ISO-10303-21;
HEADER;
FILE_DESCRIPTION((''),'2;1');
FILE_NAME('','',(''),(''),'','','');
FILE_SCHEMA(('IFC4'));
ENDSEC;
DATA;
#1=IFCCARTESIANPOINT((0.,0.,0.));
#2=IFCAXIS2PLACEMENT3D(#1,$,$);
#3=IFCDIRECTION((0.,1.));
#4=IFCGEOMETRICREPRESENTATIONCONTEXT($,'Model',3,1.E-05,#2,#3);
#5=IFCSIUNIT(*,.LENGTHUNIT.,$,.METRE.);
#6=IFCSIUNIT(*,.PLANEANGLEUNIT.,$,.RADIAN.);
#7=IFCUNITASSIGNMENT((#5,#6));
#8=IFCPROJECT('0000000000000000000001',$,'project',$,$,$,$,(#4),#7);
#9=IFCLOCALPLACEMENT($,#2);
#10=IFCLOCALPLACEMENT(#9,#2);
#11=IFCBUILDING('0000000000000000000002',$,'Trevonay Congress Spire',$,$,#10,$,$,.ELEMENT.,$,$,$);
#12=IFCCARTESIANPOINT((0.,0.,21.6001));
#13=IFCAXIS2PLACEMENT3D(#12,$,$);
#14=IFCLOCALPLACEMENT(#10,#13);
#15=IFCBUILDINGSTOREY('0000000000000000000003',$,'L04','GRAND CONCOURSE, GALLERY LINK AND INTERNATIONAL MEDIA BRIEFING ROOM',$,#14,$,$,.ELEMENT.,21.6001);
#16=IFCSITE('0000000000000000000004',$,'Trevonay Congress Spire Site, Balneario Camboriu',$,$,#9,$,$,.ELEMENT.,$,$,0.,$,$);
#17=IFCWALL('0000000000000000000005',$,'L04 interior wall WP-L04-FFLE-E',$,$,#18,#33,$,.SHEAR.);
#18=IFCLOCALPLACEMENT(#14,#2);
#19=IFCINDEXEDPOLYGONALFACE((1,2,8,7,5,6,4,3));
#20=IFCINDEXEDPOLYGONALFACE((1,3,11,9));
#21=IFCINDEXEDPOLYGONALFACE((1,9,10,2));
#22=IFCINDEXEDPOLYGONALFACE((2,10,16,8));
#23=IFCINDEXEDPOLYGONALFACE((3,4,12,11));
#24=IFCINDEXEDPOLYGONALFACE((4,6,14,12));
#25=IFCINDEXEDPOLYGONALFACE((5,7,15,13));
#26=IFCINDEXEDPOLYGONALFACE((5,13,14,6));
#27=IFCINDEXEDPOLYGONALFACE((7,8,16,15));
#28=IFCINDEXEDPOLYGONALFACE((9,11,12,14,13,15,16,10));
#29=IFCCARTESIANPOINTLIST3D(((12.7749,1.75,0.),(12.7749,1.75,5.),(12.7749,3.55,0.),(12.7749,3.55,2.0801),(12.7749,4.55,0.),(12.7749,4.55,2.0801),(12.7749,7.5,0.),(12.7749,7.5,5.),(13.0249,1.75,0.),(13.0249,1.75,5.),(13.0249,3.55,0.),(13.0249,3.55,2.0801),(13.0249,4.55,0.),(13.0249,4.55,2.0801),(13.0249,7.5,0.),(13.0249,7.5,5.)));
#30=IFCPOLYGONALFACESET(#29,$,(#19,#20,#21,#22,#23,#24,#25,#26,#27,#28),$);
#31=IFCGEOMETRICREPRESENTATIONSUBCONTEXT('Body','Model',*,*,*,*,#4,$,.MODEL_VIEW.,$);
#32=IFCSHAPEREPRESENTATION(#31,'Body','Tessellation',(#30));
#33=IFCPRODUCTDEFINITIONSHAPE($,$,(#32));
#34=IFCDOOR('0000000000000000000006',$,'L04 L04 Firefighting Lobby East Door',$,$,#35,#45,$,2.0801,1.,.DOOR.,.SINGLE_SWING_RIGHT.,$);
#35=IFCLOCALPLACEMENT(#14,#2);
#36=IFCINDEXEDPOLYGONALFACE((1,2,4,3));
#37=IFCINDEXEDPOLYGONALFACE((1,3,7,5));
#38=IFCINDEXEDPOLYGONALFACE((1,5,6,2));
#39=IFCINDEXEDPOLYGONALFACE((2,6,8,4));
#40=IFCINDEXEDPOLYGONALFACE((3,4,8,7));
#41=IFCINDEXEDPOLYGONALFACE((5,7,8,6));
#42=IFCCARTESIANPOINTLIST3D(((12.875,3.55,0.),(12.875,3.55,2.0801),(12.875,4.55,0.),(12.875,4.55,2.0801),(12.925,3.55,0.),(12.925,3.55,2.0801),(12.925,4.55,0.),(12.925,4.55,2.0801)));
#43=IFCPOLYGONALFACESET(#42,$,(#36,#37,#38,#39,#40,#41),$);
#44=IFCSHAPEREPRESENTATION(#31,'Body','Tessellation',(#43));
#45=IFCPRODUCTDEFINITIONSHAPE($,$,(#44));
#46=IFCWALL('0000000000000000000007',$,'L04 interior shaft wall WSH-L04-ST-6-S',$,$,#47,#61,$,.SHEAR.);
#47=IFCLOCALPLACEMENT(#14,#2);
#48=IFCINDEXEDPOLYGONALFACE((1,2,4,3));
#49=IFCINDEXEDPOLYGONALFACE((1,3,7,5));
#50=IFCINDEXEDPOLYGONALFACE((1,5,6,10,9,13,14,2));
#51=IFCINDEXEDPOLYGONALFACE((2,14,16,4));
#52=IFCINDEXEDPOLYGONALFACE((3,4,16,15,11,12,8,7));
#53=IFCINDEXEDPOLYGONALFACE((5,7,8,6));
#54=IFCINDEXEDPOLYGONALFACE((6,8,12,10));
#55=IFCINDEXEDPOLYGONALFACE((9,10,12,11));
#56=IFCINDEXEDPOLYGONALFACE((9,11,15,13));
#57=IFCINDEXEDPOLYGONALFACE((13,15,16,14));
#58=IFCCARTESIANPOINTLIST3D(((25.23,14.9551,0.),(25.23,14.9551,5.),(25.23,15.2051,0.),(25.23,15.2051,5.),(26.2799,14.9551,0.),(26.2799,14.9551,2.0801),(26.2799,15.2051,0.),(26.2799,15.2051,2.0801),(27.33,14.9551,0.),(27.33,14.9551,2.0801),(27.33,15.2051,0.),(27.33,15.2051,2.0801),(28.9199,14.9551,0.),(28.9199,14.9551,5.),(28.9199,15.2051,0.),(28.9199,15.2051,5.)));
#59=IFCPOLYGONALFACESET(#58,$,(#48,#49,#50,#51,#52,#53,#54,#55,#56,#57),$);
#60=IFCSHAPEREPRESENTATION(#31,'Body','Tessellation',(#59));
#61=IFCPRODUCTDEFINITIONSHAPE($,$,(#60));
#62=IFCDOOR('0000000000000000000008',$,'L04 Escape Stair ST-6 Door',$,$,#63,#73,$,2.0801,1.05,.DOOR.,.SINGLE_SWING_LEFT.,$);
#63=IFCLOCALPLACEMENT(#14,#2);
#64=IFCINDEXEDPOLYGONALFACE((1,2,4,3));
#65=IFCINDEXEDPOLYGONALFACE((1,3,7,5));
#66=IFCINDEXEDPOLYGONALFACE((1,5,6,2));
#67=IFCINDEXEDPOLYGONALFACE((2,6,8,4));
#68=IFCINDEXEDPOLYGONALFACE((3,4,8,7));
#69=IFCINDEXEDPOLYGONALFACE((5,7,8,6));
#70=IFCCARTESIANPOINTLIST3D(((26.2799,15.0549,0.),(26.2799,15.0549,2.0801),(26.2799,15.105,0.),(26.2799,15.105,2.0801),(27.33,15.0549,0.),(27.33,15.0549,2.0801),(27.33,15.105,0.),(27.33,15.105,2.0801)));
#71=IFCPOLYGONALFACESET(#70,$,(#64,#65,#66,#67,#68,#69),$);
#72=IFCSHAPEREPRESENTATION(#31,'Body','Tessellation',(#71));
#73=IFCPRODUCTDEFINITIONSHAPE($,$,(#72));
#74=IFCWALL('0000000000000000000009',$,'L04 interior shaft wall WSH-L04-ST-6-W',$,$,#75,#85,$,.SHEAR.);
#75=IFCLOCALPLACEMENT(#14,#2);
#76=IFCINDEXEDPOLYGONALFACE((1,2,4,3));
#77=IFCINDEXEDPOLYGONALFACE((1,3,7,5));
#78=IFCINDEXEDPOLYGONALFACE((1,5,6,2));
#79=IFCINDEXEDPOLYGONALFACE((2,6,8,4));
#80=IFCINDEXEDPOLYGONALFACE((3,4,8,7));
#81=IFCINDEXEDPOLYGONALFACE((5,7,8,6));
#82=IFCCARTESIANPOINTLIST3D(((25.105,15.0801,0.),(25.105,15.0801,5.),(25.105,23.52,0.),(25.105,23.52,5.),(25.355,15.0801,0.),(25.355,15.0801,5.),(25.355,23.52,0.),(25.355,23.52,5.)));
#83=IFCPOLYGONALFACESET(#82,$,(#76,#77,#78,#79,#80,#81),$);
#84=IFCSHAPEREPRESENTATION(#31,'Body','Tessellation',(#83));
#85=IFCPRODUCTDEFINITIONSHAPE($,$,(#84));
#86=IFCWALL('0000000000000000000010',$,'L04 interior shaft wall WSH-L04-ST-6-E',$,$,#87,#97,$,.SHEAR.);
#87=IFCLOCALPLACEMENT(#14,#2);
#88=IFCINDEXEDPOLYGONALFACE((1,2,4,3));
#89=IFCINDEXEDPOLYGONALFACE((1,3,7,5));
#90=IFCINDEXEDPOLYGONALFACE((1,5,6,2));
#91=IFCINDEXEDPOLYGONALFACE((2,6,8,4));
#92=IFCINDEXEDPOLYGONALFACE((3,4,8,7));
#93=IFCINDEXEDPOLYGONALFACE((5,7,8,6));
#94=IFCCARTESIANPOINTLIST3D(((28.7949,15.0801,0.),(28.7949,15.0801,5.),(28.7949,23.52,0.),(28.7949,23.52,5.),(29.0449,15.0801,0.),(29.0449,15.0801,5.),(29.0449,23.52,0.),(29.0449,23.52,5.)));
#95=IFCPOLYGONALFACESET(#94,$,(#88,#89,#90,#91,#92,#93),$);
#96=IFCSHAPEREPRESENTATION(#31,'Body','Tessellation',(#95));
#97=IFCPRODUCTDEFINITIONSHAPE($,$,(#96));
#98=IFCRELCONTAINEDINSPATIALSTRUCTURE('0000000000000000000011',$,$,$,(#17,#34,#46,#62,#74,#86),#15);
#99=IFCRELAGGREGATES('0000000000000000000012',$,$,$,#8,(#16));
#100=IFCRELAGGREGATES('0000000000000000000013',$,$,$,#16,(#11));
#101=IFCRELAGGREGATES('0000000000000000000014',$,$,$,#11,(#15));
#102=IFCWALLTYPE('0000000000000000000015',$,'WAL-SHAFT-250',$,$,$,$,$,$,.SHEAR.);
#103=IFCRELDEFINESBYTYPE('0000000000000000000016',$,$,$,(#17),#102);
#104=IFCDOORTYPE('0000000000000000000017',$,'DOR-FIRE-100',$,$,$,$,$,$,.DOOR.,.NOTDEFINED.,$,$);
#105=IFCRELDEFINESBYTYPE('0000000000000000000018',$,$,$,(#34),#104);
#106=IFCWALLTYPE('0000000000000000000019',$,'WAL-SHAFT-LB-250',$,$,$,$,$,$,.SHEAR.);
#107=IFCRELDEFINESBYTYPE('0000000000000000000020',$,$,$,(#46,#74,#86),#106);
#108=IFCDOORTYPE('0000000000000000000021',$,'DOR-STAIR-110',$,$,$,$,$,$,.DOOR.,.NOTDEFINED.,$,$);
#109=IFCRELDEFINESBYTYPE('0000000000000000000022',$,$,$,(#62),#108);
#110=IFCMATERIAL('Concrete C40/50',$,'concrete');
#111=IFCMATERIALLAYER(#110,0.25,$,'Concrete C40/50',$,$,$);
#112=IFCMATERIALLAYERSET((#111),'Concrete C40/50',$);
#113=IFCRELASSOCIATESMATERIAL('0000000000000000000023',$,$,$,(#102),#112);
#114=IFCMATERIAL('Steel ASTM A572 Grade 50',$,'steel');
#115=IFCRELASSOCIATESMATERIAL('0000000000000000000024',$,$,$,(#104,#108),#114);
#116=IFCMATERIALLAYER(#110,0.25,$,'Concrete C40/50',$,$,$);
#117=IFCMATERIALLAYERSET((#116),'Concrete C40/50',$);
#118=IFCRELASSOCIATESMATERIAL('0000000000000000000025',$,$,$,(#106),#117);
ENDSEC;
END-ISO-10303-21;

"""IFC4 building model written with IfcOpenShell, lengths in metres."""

from ifc_helpers import new_model, si_unit, direction, frame, frame_2d, origin, place, context, subcontext, project, spatial, rectangle, extrude, material, layer, layer_set, type_object, element, fill, save


model = new_model("IFC4")

# Units and contexts
model_context = context("Model", 3, precision=1e-05, world=origin(), true_north=direction((0.0, 1.0)))
body_context = subcontext(model_context, "Body", "Model", "MODEL_VIEW")
ifc_project = project(units=[si_unit("LENGTHUNIT", "METRE"), si_unit("PLANEANGLEUNIT", "RADIAN")], contexts=[model_context])

# Site, building, storey
site_placement = place(None, origin())
site = spatial("IfcSite", under=ifc_project, at=site_placement, Name="Trevonay Congress Spire Site, Balneario Camboriu", CompositionType="ELEMENT", RefElevation=0.0)
building_placement = place(site_placement, origin())
building = spatial("IfcBuilding", under=site, at=building_placement, Name="Trevonay Congress Spire", CompositionType="ELEMENT")
storey_placement = place(building_placement, frame((0.0, 0.0, 21.6001)))
storey = spatial("IfcBuildingStorey", under=building, at=storey_placement, Name="L04", Description="GRAND CONCOURSE, GALLERY LINK AND INTERNATIONAL MEDIA BRIEFING ROOM", CompositionType="ELEMENT", Elevation=21.6001)

# Shared definitions
ifc_material_1 = material(Name="Steel ASTM A572 Grade 50", Category="steel")

# Shared definitions
ifc_material_2 = material(Name="Concrete C40/50", Category="concrete")

# Walls, openings, doors
ifc_layer_1 = layer(ifc_material_2, 0.25, Name="Concrete C40/50")
ifc_layer_set_1 = layer_set([ifc_layer_1], Name="Concrete C40/50")
wall_type_1 = type_object("IfcWallType", Name="WAL-SHAFT-250", PredefinedType="SHEAR", material=ifc_layer_set_1)
wall_1_placement = place(storey_placement, frame((12.8999, 1.75, 0.0), z_axis=(0.0, 0.0, 1.0), x_axis=(0.0, 1.0, 0.0)))
wall_1 = element("IfcWall", 1, at=wall_1_placement, inside=storey, type_object=wall_type_1, Name="L04 interior wall WP-L04-FFLE-E", PredefinedType="SHEAR", context=body_context, shape_type="SweptSolid", body=[
    extrude(rectangle(XDim=5.75, YDim=0.25, at=frame_2d((2.875, 0.0))), origin(), (0.0, 0.0, 1.0), 5.0),
])
opening_1_placement = place(wall_1_placement, frame((1.8, 0.0, 0.0)))
opening_1 = element("IfcOpeningElement", 2, at=opening_1_placement, cuts=wall_1, PredefinedType="OPENING", context=body_context, shape_type="SweptSolid", body=[
    extrude(rectangle(XDim=1.0, YDim=2.0801, at=frame_2d((0.5, 1.04))), frame((0.0, 0.135, 0.0), z_axis=(0.0, -1.0, 0.0), x_axis=(1.0, 0.0, 0.0)), (0.0, 0.0, 1.0), 0.27),
])
door_type_1 = type_object("IfcDoorType", Name="DOR-FIRE-100", OperationType="NOTDEFINED", PredefinedType="DOOR", material=ifc_material_1)
door_1_placement = place(opening_1_placement, origin())
door_1 = element("IfcDoor", 3, at=door_1_placement, inside=storey, type_object=door_type_1, Name="L04 L04 Firefighting Lobby East Door", OperationType="SINGLE_SWING_RIGHT", OverallHeight=2.0801, OverallWidth=1.0, PredefinedType="DOOR", context=body_context, shape_type="SweptSolid", body=[
    extrude(rectangle(XDim=1.0, YDim=2.0801, at=frame_2d((0.5, 1.04))), frame((0.0, 0.0249, 0.0), z_axis=(0.0, -1.0, 0.0), x_axis=(1.0, 0.0, 0.0)), (0.0, 0.0, 1.0), 0.05),
])
fill(opening_1, door_1)
ifc_layer_2 = layer(ifc_material_2, 0.25, Name="Concrete C40/50")
ifc_layer_set_2 = layer_set([ifc_layer_2], Name="Concrete C40/50")
wall_type_2 = type_object("IfcWallType", Name="WAL-SHAFT-LB-250", PredefinedType="SHEAR", material=ifc_layer_set_2)
wall_2_placement = place(storey_placement, frame((25.23, 15.0801, 0.0), z_axis=(0.0, 0.0, 1.0), x_axis=(1.0, 0.0, 0.0)))
wall_2 = element("IfcWall", 4, at=wall_2_placement, inside=storey, type_object=wall_type_2, Name="L04 interior shaft wall WSH-L04-ST-6-S", PredefinedType="SHEAR", context=body_context, shape_type="SweptSolid", body=[
    extrude(rectangle(XDim=3.6899, YDim=0.25, at=frame_2d((1.845, 0.0))), origin(), (0.0, 0.0, 1.0), 5.0),
])
opening_2_placement = place(wall_2_placement, frame((1.05, 0.0, 0.0)))
opening_2 = element("IfcOpeningElement", 5, at=opening_2_placement, cuts=wall_2, PredefinedType="OPENING", context=body_context, shape_type="SweptSolid", body=[
    extrude(rectangle(XDim=1.05, YDim=2.0801, at=frame_2d((0.5249, 1.04))), frame((0.0, 0.135, 0.0), z_axis=(0.0, -1.0, 0.0), x_axis=(1.0, 0.0, 0.0)), (0.0, 0.0, 1.0), 0.27),
])
door_type_2 = type_object("IfcDoorType", Name="DOR-STAIR-110", OperationType="NOTDEFINED", PredefinedType="DOOR", material=ifc_material_1)
door_2_placement = place(opening_2_placement, origin())
door_2 = element("IfcDoor", 6, at=door_2_placement, inside=storey, type_object=door_type_2, Name="L04 Escape Stair ST-6 Door", OperationType="SINGLE_SWING_LEFT", OverallHeight=2.0801, OverallWidth=1.05, PredefinedType="DOOR", context=body_context, shape_type="SweptSolid", body=[
    extrude(rectangle(XDim=1.05, YDim=2.0801, at=frame_2d((0.5249, 1.04))), frame((0.0, 0.0249, 0.0), z_axis=(0.0, -1.0, 0.0), x_axis=(1.0, 0.0, 0.0)), (0.0, 0.0, 1.0), 0.05),
])
fill(opening_2, door_2)

# Walls
for number, where, z_axis, x_axis, name in (
    (7, (25.23, 15.0801, 0.0), (0.0, 0.0, 1.0), (0.0, 1.0, 0.0), "L04 interior shaft wall WSH-L04-ST-6-W"),
    (8, (28.9199, 15.0801, 0.0), (0.0, 0.0, 1.0), (0.0, 1.0, 0.0), "L04 interior shaft wall WSH-L04-ST-6-E"),
):
    element("IfcWall", number, at=place(storey_placement, frame(where, z_axis=z_axis, x_axis=x_axis)), inside=storey, type_object=wall_type_2, Name=name, PredefinedType="SHEAR", context=body_context, shape_type="SweptSolid", body=[
        extrude(rectangle(XDim=8.4399, YDim=0.25, at=frame_2d((4.22, 0.0))), origin(), (0.0, 0.0, 1.0), 5.0),
    ])

save(model, "model.ifc")
